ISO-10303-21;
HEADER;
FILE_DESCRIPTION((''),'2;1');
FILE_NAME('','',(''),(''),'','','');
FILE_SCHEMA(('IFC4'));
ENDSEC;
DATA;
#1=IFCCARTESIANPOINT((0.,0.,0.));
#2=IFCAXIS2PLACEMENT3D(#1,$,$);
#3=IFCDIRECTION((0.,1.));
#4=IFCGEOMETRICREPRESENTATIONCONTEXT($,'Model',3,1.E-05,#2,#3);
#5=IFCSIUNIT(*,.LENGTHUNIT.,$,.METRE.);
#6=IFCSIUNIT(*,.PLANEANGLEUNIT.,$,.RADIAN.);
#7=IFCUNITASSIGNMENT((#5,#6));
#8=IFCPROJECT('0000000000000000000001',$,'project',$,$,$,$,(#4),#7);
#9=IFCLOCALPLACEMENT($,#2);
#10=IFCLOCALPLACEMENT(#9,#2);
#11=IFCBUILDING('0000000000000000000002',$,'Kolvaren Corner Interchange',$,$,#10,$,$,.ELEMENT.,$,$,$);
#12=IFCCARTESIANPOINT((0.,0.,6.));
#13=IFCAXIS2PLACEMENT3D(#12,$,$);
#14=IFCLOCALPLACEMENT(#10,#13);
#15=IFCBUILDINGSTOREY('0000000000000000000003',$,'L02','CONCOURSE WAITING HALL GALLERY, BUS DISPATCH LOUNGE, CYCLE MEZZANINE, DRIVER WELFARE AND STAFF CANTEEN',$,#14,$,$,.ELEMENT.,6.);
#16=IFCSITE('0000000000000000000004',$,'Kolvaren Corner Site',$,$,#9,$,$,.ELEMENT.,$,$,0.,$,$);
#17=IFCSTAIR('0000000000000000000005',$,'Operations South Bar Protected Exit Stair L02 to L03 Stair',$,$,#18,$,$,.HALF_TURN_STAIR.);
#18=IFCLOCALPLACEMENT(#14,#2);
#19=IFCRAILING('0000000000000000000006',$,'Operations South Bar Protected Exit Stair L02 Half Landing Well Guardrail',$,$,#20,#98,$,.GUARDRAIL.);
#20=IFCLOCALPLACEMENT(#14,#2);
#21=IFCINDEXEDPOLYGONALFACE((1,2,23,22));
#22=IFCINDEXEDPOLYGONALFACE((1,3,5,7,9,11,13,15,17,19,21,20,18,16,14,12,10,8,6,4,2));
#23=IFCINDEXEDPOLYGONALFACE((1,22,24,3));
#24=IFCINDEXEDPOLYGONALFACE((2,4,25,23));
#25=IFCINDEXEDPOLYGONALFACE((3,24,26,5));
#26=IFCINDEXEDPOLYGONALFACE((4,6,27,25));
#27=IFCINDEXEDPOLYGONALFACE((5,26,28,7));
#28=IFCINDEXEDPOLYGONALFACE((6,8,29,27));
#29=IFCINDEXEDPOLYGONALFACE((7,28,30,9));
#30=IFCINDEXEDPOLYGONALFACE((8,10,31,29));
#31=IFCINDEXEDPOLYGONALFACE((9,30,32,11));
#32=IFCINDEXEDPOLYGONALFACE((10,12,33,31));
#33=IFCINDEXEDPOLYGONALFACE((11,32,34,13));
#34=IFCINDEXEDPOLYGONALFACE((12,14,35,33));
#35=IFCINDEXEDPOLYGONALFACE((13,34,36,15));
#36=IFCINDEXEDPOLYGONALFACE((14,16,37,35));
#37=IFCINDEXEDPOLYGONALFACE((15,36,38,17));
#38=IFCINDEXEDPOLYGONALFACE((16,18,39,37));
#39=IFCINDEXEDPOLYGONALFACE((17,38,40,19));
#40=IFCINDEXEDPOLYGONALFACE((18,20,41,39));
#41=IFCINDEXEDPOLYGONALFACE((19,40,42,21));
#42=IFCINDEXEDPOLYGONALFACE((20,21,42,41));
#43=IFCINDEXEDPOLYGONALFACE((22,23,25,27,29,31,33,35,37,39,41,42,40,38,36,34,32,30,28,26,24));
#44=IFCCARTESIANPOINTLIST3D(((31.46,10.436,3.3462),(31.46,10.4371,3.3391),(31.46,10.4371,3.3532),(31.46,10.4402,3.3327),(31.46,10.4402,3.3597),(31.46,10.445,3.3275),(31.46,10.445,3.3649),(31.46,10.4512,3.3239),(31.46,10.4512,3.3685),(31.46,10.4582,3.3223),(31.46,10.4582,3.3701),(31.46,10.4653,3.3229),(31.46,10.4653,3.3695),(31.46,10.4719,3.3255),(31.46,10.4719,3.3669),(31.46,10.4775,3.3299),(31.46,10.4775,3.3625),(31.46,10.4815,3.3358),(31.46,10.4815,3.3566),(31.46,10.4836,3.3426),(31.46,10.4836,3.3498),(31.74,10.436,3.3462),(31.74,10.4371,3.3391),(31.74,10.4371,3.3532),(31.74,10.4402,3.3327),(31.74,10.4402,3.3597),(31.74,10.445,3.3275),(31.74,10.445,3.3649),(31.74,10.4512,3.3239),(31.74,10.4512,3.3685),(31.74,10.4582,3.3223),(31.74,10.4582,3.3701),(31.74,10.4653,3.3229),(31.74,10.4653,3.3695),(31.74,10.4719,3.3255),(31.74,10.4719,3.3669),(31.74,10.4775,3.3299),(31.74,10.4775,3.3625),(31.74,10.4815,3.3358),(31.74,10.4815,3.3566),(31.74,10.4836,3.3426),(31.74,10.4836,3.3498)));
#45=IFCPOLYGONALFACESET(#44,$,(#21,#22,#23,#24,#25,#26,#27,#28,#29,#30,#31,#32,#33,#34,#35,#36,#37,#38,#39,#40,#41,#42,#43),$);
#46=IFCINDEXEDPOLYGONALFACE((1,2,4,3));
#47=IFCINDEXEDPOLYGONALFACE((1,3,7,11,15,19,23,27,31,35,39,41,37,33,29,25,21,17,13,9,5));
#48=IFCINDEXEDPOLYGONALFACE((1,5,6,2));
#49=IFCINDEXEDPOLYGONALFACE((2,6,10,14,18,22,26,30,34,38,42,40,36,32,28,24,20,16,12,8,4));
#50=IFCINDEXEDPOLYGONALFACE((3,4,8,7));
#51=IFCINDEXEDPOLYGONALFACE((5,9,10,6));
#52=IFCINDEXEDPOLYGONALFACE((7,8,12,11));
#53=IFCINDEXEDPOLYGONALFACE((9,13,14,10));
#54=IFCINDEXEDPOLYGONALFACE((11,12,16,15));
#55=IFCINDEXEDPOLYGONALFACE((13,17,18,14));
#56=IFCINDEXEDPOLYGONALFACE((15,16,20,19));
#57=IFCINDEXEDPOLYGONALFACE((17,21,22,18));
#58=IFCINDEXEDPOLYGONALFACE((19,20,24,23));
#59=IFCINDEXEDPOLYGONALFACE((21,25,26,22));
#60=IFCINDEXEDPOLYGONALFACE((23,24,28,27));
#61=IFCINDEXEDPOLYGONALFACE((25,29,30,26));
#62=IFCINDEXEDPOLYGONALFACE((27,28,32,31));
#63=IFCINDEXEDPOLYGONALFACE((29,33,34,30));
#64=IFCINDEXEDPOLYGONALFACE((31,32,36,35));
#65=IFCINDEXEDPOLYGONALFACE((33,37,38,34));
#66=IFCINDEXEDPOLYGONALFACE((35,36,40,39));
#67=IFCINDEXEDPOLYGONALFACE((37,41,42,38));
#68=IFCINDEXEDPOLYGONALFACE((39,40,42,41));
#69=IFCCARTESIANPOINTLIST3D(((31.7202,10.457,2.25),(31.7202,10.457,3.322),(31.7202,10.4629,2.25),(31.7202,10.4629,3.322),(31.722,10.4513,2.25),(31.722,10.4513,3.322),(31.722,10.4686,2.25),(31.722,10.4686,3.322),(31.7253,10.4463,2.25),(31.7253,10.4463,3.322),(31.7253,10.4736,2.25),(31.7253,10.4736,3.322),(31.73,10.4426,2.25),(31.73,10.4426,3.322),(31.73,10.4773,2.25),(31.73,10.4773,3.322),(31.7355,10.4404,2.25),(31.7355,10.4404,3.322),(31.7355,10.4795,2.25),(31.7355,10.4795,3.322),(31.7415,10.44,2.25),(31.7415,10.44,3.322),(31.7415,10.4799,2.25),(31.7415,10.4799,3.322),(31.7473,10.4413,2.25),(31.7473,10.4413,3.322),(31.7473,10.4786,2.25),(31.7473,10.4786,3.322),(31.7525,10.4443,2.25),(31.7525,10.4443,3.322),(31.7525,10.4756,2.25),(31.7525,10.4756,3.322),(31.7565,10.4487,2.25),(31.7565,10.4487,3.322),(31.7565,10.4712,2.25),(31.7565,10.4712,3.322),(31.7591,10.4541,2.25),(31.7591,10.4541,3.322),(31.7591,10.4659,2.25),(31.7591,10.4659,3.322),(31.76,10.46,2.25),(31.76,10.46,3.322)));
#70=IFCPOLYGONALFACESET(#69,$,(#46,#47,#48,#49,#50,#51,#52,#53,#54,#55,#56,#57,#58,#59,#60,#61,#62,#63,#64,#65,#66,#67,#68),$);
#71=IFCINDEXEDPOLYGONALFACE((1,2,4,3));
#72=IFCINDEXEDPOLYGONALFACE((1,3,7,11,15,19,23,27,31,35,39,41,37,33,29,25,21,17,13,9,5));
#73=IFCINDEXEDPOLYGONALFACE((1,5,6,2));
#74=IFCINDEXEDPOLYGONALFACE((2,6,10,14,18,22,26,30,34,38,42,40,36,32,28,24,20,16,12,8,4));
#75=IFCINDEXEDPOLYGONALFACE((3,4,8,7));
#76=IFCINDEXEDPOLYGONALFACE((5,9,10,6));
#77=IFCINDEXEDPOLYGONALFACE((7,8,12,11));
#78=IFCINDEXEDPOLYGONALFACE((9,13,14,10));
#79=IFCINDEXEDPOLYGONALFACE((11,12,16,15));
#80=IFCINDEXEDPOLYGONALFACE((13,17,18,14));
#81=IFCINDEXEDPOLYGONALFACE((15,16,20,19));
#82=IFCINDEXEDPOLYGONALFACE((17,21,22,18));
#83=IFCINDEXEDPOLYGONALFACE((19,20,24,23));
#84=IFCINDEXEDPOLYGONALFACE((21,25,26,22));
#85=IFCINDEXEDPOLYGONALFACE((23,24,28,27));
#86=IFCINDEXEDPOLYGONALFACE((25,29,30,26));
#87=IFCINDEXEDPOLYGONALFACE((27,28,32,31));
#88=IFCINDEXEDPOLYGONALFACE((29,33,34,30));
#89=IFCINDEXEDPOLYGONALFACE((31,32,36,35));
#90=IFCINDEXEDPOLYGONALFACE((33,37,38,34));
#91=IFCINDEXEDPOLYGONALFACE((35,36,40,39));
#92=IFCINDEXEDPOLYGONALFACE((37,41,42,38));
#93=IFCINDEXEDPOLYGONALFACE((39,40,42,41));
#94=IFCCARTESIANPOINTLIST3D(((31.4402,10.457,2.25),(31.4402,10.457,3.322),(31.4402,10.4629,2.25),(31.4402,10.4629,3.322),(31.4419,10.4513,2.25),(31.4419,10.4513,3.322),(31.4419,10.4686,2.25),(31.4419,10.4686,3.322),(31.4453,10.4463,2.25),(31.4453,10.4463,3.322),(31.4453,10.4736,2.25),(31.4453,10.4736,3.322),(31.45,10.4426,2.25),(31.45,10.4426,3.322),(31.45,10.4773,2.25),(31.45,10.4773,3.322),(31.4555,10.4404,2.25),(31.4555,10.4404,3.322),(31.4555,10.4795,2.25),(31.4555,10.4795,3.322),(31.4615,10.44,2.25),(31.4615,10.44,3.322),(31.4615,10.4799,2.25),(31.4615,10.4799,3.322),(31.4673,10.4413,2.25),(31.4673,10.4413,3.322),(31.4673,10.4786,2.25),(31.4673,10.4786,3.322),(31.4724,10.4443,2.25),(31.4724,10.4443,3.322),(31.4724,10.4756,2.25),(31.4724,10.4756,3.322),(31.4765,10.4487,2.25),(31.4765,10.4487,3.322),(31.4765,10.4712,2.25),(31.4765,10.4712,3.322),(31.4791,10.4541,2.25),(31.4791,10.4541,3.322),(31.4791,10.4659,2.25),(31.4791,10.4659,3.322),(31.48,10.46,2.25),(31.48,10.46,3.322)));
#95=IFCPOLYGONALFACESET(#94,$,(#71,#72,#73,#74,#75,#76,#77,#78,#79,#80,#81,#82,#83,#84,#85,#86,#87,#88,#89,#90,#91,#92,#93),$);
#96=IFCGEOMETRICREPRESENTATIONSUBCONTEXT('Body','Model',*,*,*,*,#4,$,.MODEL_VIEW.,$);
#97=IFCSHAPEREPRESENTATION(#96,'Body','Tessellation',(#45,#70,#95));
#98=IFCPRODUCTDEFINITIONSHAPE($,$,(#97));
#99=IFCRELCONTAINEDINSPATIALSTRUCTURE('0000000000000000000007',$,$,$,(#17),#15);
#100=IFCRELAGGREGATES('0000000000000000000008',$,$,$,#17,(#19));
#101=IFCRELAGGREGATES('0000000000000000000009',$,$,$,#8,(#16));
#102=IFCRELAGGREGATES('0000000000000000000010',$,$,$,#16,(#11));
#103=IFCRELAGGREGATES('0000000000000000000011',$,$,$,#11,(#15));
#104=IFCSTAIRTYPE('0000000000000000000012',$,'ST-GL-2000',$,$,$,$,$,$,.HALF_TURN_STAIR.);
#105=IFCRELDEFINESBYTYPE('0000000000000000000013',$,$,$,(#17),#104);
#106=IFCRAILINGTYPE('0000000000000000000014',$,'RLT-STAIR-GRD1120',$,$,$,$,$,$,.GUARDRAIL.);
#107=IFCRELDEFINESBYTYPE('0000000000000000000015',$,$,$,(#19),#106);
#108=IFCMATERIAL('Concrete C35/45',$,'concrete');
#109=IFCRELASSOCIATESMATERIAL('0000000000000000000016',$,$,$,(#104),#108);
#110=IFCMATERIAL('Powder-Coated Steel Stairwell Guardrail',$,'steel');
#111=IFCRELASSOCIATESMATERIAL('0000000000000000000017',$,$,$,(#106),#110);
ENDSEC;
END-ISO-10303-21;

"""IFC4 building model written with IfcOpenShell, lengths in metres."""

from ifc_helpers import new_model, si_unit, direction, frame, origin, origin_2d, place, context, subcontext, project, spatial, circle, extrude, material, type_object, element, aggregate, save


model = new_model("IFC4")

# Units and contexts
model_context = context("Model", 3, precision=1e-05, world=origin(), true_north=direction((0.0, 1.0)))
body_context = subcontext(model_context, "Body", "Model", "MODEL_VIEW")
ifc_project = project(units=[si_unit("LENGTHUNIT", "METRE"), si_unit("PLANEANGLEUNIT", "RADIAN")], contexts=[model_context])

# Site, building, storey
site_placement = place(None, origin())
site = spatial("IfcSite", under=ifc_project, at=site_placement, Name="Kolvaren Corner Site", CompositionType="ELEMENT", RefElevation=0.0)
building_placement = place(site_placement, origin())
building = spatial("IfcBuilding", under=site, at=building_placement, Name="Kolvaren Corner Interchange", CompositionType="ELEMENT")
storey_placement = place(building_placement, frame((0.0, 0.0, 6.0)))
storey = spatial("IfcBuildingStorey", under=building, at=storey_placement, Name="L02", Description="CONCOURSE WAITING HALL GALLERY, BUS DISPATCH LOUNGE, CYCLE MEZZANINE, DRIVER WELFARE AND STAFF CANTEEN", CompositionType="ELEMENT", Elevation=6.0)

# Stair, railing
ifc_material_1 = material(Name="Concrete C35/45", Category="concrete")
stair_type = type_object("IfcStairType", Name="ST-GL-2000", PredefinedType="HALF_TURN_STAIR", material=ifc_material_1)
stair_placement = place(storey_placement, origin())
stair = element("IfcStair", 1, at=stair_placement, inside=storey, type_object=stair_type, Name="Operations South Bar Protected Exit Stair L02 to L03 Stair", PredefinedType="HALF_TURN_STAIR")
ifc_material_2 = material(Name="Powder-Coated Steel Stairwell Guardrail", Category="steel")
railing_type_1 = type_object("IfcRailingType", Name="RLT-STAIR-GRD1120", PredefinedType="GUARDRAIL", material=ifc_material_2)
railing_1_placement = place(storey_placement, frame((31.74, 10.46, 2.25)))
railing_1 = element("IfcRailing", 2, at=railing_1_placement, type_object=railing_type_1, Name="Operations South Bar Protected Exit Stair L02 Half Landing Well Guardrail", PredefinedType="GUARDRAIL", context=body_context, shape_type="SweptSolid", body=[
    extrude(circle(Radius=0.0239, at=origin_2d()), frame((0.0, 0.0, 1.0962), z_axis=(-1.0, 0.0, 0.0), x_axis=(0.0, -1.0, 0.0)), (0.0, 0.0, 1.0), 0.28),
    extrude(circle(Radius=0.02, at=origin_2d()), origin(), (0.0, 0.0, 1.0), 1.072),
    extrude(circle(Radius=0.02, at=origin_2d()), frame((-0.28, 0.0, 0.0)), (0.0, 0.0, 1.0), 1.072),
])
aggregate(stair, [railing_1])

save(model, "model.ifc")
